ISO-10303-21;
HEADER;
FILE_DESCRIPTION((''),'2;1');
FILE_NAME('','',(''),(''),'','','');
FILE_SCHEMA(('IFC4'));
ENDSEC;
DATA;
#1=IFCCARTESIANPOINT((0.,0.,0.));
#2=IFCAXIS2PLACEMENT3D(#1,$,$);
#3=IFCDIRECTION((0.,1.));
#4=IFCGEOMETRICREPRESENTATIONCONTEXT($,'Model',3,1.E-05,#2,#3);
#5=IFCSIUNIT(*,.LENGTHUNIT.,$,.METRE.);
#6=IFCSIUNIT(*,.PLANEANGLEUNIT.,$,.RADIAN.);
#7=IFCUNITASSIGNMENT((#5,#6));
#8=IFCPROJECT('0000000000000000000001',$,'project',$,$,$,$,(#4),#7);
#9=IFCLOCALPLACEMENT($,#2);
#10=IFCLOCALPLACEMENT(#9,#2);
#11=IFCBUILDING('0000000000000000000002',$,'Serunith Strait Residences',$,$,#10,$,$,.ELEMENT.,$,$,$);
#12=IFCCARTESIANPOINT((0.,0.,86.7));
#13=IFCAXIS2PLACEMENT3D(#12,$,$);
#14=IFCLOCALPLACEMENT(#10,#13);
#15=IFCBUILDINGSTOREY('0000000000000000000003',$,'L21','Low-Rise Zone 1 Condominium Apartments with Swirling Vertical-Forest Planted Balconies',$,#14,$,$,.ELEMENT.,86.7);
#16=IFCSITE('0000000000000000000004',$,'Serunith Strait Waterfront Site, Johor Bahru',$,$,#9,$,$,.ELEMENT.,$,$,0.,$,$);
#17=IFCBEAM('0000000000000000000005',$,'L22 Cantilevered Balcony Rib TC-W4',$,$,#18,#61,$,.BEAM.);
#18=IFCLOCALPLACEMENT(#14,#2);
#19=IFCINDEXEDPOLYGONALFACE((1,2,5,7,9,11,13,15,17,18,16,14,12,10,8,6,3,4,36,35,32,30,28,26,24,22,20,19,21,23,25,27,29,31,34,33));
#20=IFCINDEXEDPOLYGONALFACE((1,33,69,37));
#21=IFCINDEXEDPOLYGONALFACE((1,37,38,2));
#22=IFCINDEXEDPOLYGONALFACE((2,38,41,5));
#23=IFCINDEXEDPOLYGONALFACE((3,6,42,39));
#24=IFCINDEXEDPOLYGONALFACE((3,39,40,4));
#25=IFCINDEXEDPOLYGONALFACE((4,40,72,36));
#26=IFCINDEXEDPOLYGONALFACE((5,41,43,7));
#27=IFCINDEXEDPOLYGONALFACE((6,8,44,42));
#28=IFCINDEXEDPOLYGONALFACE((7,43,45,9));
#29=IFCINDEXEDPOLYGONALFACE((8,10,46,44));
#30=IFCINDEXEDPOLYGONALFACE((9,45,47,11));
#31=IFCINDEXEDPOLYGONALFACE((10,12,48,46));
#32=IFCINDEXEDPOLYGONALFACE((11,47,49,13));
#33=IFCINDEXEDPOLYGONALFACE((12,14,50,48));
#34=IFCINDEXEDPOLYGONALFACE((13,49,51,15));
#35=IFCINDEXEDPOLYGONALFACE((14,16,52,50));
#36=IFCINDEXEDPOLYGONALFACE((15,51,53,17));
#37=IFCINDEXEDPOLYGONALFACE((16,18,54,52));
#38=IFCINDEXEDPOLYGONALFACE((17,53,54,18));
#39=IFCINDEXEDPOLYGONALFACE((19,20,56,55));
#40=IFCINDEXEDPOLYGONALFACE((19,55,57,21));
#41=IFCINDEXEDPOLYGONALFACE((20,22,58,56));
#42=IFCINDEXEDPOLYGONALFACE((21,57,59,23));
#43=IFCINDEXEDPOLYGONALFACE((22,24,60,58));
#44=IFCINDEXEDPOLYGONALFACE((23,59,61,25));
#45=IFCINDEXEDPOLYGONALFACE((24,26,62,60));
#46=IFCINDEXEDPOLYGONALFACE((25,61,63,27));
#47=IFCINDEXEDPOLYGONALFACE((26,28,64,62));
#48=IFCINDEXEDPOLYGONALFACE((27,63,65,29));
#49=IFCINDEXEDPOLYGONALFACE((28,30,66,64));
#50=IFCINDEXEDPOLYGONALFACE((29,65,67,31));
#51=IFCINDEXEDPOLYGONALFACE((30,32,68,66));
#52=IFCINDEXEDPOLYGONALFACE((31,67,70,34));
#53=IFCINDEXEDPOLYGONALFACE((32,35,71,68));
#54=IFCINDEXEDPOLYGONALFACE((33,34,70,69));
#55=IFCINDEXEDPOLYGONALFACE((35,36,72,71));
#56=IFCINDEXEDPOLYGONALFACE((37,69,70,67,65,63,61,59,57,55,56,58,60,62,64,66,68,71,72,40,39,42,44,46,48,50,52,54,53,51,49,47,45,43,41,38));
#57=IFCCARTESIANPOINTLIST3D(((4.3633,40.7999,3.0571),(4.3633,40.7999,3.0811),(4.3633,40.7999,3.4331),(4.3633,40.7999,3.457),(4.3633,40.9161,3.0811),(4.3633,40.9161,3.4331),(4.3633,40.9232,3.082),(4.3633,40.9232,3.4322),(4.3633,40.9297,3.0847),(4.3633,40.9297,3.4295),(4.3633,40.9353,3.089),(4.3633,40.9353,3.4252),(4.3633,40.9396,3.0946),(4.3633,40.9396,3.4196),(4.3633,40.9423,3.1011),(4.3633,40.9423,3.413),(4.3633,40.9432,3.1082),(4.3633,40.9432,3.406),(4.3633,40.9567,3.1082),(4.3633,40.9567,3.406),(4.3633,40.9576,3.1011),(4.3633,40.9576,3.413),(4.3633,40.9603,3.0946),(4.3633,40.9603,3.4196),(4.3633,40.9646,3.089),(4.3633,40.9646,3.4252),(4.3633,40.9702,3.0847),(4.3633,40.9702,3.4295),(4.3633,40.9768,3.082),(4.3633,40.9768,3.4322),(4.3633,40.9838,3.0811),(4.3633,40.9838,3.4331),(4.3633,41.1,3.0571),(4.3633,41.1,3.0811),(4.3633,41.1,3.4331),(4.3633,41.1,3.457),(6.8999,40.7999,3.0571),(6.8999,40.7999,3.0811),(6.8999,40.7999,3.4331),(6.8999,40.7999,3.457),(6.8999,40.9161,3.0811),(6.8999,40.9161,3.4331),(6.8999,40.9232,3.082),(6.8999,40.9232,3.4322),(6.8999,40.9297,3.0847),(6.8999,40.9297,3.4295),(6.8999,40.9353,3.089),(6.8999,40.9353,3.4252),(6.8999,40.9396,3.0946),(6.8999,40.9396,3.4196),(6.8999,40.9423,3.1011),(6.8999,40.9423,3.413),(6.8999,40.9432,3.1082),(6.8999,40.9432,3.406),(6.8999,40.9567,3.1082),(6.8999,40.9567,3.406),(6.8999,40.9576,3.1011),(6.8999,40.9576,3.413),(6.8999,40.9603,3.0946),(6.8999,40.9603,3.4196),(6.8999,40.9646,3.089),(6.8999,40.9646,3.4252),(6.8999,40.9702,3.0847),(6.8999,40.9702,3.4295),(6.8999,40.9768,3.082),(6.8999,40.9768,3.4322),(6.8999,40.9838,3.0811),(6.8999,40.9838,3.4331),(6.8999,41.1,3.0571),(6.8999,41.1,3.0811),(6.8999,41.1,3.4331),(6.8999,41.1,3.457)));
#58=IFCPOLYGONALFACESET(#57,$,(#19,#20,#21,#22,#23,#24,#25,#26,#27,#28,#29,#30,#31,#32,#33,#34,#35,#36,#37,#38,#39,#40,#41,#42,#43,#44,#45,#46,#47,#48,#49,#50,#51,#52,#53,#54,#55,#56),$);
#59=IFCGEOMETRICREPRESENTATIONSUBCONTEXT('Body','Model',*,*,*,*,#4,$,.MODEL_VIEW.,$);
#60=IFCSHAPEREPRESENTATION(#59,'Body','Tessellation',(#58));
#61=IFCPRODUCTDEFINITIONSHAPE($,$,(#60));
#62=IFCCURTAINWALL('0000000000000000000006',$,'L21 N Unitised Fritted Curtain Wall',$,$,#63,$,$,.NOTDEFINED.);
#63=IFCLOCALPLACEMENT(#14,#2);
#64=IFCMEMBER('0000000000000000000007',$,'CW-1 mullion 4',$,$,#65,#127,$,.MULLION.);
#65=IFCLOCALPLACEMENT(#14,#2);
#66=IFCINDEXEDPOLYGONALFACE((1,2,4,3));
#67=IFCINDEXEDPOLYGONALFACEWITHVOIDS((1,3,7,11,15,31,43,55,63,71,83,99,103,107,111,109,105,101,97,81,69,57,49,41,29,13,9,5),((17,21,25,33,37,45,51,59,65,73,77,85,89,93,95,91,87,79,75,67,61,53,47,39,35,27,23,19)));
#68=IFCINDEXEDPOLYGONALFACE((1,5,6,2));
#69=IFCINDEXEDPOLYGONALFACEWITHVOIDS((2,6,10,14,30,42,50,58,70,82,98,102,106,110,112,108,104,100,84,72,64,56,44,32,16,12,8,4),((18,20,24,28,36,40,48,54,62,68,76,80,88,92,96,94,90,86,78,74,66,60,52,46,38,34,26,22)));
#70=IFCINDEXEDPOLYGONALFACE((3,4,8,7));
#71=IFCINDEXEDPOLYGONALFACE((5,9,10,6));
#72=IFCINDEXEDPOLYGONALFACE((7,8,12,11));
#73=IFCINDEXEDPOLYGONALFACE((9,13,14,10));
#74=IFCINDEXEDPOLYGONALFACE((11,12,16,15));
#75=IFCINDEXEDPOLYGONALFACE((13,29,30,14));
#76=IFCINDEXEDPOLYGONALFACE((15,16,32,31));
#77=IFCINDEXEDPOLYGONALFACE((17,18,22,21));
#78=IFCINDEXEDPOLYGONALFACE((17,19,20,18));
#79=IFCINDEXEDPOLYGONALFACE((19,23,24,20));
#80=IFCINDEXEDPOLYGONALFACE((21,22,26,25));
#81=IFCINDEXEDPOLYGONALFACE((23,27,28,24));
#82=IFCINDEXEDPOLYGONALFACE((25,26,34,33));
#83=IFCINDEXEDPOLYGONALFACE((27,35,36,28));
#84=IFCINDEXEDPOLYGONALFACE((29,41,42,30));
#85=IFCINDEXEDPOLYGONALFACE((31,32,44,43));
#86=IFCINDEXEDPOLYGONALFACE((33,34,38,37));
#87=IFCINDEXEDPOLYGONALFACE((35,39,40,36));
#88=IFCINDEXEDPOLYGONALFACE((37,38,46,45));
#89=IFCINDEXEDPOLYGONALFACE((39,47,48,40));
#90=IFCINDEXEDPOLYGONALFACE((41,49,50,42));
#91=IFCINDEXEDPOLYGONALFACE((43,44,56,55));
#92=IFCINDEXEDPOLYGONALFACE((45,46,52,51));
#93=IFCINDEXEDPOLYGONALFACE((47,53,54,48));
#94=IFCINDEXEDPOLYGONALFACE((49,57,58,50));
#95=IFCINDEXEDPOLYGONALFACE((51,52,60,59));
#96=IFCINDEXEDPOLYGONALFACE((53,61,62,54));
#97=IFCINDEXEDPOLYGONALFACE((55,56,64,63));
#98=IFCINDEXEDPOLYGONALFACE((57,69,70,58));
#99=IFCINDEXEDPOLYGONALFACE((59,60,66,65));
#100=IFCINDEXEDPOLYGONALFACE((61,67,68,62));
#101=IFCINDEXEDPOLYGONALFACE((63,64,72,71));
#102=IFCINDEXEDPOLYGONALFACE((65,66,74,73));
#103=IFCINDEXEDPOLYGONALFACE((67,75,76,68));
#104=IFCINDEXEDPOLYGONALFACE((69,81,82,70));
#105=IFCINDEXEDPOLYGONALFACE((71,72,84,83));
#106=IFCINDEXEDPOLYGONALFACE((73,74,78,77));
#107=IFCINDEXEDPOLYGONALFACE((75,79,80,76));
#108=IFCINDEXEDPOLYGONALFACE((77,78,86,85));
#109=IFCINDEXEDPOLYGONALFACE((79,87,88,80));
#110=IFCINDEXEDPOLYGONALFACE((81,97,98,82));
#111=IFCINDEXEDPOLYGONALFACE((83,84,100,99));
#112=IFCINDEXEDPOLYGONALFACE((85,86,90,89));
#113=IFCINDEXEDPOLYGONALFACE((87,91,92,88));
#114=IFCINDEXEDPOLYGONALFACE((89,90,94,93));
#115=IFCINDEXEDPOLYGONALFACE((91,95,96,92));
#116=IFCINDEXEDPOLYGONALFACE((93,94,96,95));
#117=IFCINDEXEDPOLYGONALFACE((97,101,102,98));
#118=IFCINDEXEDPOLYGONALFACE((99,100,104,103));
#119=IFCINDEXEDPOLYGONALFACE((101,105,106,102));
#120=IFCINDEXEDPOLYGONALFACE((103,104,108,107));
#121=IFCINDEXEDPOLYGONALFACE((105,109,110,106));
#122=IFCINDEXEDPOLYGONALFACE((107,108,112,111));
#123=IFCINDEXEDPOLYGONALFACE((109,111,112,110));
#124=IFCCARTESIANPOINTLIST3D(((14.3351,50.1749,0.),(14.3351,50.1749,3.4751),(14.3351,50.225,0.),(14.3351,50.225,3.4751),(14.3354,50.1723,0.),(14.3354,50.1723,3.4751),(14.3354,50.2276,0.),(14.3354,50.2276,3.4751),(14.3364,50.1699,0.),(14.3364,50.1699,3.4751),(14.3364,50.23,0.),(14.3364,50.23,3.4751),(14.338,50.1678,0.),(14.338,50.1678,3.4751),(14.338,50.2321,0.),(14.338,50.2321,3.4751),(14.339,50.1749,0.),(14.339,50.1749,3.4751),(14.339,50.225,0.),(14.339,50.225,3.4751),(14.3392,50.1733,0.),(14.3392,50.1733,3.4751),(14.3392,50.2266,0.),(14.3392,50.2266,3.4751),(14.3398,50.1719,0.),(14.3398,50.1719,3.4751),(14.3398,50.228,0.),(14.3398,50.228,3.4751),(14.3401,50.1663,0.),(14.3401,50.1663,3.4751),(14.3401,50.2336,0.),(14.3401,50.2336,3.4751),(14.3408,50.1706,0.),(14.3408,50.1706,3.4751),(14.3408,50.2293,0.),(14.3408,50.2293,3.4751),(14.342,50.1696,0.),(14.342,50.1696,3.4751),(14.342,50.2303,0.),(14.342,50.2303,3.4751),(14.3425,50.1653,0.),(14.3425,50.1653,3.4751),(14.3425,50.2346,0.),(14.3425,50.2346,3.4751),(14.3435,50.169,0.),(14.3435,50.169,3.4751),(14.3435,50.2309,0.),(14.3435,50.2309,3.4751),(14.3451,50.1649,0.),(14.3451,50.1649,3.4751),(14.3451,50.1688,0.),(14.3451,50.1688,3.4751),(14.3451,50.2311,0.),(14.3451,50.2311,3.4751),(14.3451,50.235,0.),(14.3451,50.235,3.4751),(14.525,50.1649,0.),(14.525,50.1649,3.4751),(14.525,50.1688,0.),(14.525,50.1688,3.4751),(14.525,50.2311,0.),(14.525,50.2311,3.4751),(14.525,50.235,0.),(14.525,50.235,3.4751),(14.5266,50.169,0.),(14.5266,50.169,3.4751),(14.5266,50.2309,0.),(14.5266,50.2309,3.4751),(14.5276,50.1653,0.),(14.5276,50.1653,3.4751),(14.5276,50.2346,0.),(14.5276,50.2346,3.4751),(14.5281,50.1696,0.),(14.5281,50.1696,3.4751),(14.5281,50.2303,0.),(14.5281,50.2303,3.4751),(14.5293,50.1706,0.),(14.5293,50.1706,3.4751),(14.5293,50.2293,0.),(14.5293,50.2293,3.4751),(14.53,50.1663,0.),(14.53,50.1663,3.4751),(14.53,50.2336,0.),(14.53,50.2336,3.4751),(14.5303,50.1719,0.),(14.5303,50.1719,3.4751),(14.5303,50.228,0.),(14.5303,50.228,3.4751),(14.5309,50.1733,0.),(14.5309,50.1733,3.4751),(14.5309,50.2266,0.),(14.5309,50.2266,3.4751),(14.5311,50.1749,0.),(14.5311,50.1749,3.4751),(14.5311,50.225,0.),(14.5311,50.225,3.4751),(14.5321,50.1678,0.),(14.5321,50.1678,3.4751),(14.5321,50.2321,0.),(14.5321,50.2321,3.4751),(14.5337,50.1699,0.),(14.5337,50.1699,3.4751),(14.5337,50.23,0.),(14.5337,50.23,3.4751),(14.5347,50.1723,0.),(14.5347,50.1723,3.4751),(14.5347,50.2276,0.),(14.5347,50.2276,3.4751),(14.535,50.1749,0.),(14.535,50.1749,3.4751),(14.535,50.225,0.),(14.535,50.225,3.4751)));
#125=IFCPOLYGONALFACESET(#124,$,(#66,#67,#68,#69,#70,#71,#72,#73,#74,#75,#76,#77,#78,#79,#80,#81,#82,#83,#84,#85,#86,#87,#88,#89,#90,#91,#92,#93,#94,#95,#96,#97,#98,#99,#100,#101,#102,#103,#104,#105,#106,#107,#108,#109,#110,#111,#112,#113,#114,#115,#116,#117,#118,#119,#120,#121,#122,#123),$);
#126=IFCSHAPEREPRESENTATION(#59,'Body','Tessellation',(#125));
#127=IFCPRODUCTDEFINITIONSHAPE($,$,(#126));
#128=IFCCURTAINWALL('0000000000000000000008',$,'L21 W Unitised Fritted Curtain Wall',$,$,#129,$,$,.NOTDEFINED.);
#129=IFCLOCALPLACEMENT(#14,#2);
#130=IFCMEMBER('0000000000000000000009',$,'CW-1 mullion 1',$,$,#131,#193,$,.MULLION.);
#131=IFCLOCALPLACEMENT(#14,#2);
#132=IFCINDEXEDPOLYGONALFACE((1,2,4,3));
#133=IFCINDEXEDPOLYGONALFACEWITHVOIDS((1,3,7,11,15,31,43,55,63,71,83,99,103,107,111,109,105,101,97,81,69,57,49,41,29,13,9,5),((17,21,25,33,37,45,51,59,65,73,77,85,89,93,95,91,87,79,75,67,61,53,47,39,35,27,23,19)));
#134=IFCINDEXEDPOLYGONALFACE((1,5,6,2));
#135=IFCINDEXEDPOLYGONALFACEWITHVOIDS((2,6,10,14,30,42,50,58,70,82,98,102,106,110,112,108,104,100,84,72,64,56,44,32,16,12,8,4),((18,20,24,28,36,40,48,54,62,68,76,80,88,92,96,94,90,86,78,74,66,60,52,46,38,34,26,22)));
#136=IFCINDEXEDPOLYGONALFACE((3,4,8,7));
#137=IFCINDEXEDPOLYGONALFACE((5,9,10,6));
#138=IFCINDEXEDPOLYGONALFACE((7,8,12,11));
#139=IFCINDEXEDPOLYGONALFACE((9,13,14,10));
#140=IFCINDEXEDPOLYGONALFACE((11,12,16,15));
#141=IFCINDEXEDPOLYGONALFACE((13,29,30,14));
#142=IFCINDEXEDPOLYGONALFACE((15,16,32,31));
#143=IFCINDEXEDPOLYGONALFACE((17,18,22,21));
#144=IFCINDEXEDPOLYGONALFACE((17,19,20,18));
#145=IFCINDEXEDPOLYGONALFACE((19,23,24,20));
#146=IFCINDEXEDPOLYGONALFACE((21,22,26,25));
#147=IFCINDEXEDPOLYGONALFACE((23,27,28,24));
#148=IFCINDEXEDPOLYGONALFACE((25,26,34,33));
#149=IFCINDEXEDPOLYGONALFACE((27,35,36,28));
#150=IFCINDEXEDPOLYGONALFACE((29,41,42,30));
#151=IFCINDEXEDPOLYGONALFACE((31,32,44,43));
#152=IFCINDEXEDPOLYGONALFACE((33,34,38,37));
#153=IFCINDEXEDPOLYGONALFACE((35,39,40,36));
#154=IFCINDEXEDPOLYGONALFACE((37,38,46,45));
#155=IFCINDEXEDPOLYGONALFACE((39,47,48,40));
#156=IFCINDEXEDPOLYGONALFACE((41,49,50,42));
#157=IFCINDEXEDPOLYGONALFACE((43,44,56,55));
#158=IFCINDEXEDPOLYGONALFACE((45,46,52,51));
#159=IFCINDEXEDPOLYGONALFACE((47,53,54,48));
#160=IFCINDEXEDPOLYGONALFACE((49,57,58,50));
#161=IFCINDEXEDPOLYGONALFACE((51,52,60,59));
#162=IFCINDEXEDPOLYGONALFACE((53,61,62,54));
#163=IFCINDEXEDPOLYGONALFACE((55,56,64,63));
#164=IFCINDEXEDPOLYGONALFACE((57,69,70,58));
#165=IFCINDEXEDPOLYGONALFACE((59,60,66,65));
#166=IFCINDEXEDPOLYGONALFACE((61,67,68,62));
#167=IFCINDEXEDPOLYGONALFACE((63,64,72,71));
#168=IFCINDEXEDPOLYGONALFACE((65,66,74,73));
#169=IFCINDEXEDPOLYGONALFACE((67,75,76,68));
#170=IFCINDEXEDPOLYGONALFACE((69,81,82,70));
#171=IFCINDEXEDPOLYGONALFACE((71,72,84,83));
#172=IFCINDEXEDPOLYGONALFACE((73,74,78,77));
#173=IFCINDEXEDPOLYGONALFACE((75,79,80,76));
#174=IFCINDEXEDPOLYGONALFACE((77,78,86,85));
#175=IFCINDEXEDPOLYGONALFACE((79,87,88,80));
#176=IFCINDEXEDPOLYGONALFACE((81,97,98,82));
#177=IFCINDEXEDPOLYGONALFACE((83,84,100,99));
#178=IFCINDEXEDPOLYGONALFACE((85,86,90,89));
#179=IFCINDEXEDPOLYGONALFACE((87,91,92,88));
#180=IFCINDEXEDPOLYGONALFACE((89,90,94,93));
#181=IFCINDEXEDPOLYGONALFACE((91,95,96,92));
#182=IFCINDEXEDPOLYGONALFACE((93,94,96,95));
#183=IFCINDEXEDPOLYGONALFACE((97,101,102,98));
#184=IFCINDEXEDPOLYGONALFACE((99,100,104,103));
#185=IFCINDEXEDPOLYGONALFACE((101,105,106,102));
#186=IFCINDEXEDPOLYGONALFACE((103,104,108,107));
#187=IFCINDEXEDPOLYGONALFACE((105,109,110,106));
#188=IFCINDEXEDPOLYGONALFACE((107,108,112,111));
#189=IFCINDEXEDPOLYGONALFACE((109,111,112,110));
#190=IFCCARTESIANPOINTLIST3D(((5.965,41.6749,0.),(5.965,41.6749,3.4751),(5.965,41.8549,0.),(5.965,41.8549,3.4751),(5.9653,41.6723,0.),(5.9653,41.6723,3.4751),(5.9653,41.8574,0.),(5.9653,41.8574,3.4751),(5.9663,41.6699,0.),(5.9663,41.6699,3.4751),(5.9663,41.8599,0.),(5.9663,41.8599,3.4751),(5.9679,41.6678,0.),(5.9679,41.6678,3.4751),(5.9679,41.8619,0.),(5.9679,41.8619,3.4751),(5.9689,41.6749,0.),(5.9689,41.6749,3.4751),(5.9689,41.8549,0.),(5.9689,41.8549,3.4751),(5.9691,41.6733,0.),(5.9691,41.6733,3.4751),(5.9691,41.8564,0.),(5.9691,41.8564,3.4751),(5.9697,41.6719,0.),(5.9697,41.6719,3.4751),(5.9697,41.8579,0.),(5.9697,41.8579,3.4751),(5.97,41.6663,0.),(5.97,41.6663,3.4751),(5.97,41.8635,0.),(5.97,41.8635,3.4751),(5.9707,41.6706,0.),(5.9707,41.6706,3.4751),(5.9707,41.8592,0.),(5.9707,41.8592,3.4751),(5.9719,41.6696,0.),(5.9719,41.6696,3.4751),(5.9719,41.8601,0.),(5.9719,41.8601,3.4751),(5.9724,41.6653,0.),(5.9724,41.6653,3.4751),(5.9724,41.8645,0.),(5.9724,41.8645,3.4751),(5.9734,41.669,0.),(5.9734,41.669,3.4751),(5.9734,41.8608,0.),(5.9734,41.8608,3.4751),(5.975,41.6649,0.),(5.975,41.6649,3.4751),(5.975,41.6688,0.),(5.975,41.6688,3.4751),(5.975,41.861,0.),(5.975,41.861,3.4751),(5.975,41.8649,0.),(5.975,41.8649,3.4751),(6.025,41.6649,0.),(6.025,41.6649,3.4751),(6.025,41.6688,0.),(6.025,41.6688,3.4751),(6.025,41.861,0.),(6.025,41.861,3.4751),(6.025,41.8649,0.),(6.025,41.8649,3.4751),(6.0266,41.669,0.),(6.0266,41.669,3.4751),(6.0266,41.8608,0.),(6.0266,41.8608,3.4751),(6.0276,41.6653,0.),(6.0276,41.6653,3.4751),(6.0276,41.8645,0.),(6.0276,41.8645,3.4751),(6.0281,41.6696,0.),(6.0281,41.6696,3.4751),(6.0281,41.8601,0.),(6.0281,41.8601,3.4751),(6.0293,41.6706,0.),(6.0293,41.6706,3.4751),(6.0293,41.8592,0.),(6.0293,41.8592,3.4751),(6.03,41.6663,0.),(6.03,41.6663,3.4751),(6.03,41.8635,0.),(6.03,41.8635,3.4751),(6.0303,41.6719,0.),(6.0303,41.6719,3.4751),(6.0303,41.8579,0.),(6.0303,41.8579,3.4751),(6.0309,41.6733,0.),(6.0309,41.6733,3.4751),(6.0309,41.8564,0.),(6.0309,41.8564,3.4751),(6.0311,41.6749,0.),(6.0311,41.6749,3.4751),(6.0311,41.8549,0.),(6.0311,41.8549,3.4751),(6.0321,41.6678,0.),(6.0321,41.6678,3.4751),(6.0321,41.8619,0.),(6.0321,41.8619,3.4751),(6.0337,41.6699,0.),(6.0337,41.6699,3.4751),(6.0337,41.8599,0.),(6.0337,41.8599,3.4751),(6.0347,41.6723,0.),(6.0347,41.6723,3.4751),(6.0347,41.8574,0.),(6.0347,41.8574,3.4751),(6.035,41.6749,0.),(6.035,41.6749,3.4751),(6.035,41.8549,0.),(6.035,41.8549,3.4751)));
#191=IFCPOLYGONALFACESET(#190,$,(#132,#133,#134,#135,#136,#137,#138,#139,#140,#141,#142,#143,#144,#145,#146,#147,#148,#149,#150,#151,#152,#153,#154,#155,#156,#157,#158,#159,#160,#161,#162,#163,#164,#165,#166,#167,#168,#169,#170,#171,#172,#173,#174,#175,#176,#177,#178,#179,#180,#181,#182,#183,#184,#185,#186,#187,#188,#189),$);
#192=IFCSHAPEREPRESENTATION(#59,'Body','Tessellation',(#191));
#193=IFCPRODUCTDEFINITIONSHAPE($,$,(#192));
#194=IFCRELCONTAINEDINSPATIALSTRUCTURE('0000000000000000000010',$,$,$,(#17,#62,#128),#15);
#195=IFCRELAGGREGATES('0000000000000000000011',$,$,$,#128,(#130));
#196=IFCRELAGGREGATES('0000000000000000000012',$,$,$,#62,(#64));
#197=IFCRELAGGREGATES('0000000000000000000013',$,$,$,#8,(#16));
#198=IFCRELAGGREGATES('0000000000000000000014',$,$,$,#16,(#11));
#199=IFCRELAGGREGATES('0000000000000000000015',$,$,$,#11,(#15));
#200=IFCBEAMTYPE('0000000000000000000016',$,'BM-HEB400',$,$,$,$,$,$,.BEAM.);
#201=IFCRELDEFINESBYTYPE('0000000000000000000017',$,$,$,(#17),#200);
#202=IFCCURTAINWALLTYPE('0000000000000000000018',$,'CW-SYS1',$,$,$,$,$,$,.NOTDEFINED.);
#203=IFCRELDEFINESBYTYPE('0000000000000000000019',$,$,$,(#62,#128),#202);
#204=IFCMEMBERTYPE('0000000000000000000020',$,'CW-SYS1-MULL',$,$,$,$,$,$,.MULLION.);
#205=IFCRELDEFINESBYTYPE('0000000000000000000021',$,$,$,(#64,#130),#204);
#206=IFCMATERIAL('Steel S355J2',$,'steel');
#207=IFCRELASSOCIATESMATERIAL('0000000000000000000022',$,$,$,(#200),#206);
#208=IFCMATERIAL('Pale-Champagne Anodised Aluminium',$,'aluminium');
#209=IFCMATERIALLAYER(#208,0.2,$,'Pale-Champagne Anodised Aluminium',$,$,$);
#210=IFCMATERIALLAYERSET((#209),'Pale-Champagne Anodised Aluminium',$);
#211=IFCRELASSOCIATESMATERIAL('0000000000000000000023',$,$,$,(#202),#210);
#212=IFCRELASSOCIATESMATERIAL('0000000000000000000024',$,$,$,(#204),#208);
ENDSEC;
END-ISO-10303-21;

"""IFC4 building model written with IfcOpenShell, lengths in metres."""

from ifc_helpers import new_model, si_unit, direction, frame, origin, origin_2d, place, context, subcontext, project, spatial, hollow_rectangle, i_section, extrude, source, transform, mapped, material, layer, layer_set, material_profile, profile_set, type_object, element, aggregate, save


model = new_model("IFC4")

# Units and contexts
model_context = context("Model", 3, precision=1e-05, world=origin(), true_north=direction((0.0, 1.0)))
body_context = subcontext(model_context, "Body", "Model", "MODEL_VIEW")
ifc_project = project(units=[si_unit("LENGTHUNIT", "METRE"), si_unit("PLANEANGLEUNIT", "RADIAN")], contexts=[model_context])

# Site, building, storey
site_placement = place(None, origin())
site = spatial("IfcSite", under=ifc_project, at=site_placement, Name="Serunith Strait Waterfront Site, Johor Bahru", CompositionType="ELEMENT", RefElevation=0.0)
building_placement = place(site_placement, origin())
building = spatial("IfcBuilding", under=site, at=building_placement, Name="Serunith Strait Residences", CompositionType="ELEMENT")
storey_placement = place(building_placement, frame((0.0, 0.0, 86.7)))
storey = spatial("IfcBuildingStorey", under=building, at=storey_placement, Name="L21", Description="Low-Rise Zone 1 Condominium Apartments with Swirling Vertical-Forest Planted Balconies", CompositionType="ELEMENT", Elevation=86.7)

# Beam
ifc_material_1 = material(Name="Steel S355J2", Category="steel")
ifc_material_profile_1 = material_profile(ifc_material_1, i_section(OverallWidth=0.3, OverallDepth=0.3999, WebThickness=0.0134, FlangeThickness=0.0239, FilletRadius=0.0271, at=origin_2d()), Name="HEB 400")
ifc_profile_set_1 = profile_set([ifc_material_profile_1], Name="Steel S355J2")
beam_type_1 = type_object("IfcBeamType", Name="BM-HEB400", PredefinedType="BEAM", material=ifc_profile_set_1)
shared_shape_1 = source(origin(), body_context, "Body", "SweptSolid", [
    extrude(i_section(OverallWidth=0.3, OverallDepth=0.3999, WebThickness=0.0134, FlangeThickness=0.0239, FilletRadius=0.0271, at=origin_2d()), origin(), (0.0, 0.0, 1.0), 2.5366),
])
beam_1_placement = place(storey_placement, frame((6.8999, 40.95, 3.2571), z_axis=(-1.0, 0.0, 0.0), x_axis=(0.0, -1.0, 0.0)))
element("IfcBeam", 1, at=beam_1_placement, inside=storey, type_object=beam_type_1, Name="L22 Cantilevered Balcony Rib TC-W4", PredefinedType="BEAM", context=body_context, shape_type="MappedRepresentation", body=[
    mapped(shared_shape_1, transform((0.0, 0.0, 0.0), scale=1.0)),
])

# Curtain wall, member
ifc_material_2 = material(Name="Pale-Champagne Anodised Aluminium", Category="aluminium")
ifc_layer_1 = layer(ifc_material_2, 0.2, Name="Pale-Champagne Anodised Aluminium")
ifc_layer_set_1 = layer_set([ifc_layer_1], Name="Pale-Champagne Anodised Aluminium")
curtain_wall_type = type_object("IfcCurtainWallType", Name="CW-SYS1", PredefinedType="NOTDEFINED", material=ifc_layer_set_1)
curtain_wall_1_placement = place(storey_placement, origin())
curtain_wall_1 = element("IfcCurtainWall", 2, at=curtain_wall_1_placement, inside=storey, type_object=curtain_wall_type, Name="L21 N Unitised Fritted Curtain Wall", PredefinedType="NOTDEFINED")
ifc_material_profile_2 = material_profile(ifc_material_2, hollow_rectangle(XDim=0.0701, YDim=0.2, WallThickness=0.0039, InnerFilletRadius=0.0061, OuterFilletRadius=0.01, at=origin_2d()), Name="ALU 200x70x4")
ifc_profile_set_2 = profile_set([ifc_material_profile_2], Name="Pale-Champagne Anodised Aluminium")
member_type_1 = type_object("IfcMemberType", Name="CW-SYS1-MULL", PredefinedType="MULLION", material=ifc_profile_set_2)
shared_shape_2 = source(origin(), body_context, "Body", "SweptSolid", [
    extrude(hollow_rectangle(XDim=0.0701, YDim=0.2, WallThickness=0.0039, InnerFilletRadius=0.0061, OuterFilletRadius=0.01, at=origin_2d()), origin(), (0.0, 0.0, 1.0), 3.4751),
])
member_1_placement = place(storey_placement, frame((14.4351, 50.2, 0.0), z_axis=(0.0, 0.0, 1.0), x_axis=(0.0, -1.0, 0.0)))
member_1 = element("IfcMember", 3, at=member_1_placement, type_object=member_type_1, Name="CW-1 mullion 4", PredefinedType="MULLION", context=body_context, shape_type="MappedRepresentation", body=[
    mapped(shared_shape_2, transform((0.0, 0.0, 0.0), scale=1.0)),
])

# Curtain wall, member
curtain_wall_2_placement = place(storey_placement, origin())
curtain_wall_2 = element("IfcCurtainWall", 4, at=curtain_wall_2_placement, inside=storey, type_object=curtain_wall_type, Name="L21 W Unitised Fritted Curtain Wall", PredefinedType="NOTDEFINED")
member_2_placement = place(storey_placement, frame((6.0, 41.7649, 0.0), z_axis=(0.0, 0.0, 1.0), x_axis=(1.0, 0.0, 0.0)))
member_2 = element("IfcMember", 5, at=member_2_placement, type_object=member_type_1, Name="CW-1 mullion 1", PredefinedType="MULLION", context=body_context, shape_type="MappedRepresentation", body=[
    mapped(shared_shape_2, transform((0.0, 0.0, 0.0), scale=1.0)),
])
aggregate(curtain_wall_2, [member_2])

aggregate(curtain_wall_1, [member_1])

save(model, "model.ifc")
